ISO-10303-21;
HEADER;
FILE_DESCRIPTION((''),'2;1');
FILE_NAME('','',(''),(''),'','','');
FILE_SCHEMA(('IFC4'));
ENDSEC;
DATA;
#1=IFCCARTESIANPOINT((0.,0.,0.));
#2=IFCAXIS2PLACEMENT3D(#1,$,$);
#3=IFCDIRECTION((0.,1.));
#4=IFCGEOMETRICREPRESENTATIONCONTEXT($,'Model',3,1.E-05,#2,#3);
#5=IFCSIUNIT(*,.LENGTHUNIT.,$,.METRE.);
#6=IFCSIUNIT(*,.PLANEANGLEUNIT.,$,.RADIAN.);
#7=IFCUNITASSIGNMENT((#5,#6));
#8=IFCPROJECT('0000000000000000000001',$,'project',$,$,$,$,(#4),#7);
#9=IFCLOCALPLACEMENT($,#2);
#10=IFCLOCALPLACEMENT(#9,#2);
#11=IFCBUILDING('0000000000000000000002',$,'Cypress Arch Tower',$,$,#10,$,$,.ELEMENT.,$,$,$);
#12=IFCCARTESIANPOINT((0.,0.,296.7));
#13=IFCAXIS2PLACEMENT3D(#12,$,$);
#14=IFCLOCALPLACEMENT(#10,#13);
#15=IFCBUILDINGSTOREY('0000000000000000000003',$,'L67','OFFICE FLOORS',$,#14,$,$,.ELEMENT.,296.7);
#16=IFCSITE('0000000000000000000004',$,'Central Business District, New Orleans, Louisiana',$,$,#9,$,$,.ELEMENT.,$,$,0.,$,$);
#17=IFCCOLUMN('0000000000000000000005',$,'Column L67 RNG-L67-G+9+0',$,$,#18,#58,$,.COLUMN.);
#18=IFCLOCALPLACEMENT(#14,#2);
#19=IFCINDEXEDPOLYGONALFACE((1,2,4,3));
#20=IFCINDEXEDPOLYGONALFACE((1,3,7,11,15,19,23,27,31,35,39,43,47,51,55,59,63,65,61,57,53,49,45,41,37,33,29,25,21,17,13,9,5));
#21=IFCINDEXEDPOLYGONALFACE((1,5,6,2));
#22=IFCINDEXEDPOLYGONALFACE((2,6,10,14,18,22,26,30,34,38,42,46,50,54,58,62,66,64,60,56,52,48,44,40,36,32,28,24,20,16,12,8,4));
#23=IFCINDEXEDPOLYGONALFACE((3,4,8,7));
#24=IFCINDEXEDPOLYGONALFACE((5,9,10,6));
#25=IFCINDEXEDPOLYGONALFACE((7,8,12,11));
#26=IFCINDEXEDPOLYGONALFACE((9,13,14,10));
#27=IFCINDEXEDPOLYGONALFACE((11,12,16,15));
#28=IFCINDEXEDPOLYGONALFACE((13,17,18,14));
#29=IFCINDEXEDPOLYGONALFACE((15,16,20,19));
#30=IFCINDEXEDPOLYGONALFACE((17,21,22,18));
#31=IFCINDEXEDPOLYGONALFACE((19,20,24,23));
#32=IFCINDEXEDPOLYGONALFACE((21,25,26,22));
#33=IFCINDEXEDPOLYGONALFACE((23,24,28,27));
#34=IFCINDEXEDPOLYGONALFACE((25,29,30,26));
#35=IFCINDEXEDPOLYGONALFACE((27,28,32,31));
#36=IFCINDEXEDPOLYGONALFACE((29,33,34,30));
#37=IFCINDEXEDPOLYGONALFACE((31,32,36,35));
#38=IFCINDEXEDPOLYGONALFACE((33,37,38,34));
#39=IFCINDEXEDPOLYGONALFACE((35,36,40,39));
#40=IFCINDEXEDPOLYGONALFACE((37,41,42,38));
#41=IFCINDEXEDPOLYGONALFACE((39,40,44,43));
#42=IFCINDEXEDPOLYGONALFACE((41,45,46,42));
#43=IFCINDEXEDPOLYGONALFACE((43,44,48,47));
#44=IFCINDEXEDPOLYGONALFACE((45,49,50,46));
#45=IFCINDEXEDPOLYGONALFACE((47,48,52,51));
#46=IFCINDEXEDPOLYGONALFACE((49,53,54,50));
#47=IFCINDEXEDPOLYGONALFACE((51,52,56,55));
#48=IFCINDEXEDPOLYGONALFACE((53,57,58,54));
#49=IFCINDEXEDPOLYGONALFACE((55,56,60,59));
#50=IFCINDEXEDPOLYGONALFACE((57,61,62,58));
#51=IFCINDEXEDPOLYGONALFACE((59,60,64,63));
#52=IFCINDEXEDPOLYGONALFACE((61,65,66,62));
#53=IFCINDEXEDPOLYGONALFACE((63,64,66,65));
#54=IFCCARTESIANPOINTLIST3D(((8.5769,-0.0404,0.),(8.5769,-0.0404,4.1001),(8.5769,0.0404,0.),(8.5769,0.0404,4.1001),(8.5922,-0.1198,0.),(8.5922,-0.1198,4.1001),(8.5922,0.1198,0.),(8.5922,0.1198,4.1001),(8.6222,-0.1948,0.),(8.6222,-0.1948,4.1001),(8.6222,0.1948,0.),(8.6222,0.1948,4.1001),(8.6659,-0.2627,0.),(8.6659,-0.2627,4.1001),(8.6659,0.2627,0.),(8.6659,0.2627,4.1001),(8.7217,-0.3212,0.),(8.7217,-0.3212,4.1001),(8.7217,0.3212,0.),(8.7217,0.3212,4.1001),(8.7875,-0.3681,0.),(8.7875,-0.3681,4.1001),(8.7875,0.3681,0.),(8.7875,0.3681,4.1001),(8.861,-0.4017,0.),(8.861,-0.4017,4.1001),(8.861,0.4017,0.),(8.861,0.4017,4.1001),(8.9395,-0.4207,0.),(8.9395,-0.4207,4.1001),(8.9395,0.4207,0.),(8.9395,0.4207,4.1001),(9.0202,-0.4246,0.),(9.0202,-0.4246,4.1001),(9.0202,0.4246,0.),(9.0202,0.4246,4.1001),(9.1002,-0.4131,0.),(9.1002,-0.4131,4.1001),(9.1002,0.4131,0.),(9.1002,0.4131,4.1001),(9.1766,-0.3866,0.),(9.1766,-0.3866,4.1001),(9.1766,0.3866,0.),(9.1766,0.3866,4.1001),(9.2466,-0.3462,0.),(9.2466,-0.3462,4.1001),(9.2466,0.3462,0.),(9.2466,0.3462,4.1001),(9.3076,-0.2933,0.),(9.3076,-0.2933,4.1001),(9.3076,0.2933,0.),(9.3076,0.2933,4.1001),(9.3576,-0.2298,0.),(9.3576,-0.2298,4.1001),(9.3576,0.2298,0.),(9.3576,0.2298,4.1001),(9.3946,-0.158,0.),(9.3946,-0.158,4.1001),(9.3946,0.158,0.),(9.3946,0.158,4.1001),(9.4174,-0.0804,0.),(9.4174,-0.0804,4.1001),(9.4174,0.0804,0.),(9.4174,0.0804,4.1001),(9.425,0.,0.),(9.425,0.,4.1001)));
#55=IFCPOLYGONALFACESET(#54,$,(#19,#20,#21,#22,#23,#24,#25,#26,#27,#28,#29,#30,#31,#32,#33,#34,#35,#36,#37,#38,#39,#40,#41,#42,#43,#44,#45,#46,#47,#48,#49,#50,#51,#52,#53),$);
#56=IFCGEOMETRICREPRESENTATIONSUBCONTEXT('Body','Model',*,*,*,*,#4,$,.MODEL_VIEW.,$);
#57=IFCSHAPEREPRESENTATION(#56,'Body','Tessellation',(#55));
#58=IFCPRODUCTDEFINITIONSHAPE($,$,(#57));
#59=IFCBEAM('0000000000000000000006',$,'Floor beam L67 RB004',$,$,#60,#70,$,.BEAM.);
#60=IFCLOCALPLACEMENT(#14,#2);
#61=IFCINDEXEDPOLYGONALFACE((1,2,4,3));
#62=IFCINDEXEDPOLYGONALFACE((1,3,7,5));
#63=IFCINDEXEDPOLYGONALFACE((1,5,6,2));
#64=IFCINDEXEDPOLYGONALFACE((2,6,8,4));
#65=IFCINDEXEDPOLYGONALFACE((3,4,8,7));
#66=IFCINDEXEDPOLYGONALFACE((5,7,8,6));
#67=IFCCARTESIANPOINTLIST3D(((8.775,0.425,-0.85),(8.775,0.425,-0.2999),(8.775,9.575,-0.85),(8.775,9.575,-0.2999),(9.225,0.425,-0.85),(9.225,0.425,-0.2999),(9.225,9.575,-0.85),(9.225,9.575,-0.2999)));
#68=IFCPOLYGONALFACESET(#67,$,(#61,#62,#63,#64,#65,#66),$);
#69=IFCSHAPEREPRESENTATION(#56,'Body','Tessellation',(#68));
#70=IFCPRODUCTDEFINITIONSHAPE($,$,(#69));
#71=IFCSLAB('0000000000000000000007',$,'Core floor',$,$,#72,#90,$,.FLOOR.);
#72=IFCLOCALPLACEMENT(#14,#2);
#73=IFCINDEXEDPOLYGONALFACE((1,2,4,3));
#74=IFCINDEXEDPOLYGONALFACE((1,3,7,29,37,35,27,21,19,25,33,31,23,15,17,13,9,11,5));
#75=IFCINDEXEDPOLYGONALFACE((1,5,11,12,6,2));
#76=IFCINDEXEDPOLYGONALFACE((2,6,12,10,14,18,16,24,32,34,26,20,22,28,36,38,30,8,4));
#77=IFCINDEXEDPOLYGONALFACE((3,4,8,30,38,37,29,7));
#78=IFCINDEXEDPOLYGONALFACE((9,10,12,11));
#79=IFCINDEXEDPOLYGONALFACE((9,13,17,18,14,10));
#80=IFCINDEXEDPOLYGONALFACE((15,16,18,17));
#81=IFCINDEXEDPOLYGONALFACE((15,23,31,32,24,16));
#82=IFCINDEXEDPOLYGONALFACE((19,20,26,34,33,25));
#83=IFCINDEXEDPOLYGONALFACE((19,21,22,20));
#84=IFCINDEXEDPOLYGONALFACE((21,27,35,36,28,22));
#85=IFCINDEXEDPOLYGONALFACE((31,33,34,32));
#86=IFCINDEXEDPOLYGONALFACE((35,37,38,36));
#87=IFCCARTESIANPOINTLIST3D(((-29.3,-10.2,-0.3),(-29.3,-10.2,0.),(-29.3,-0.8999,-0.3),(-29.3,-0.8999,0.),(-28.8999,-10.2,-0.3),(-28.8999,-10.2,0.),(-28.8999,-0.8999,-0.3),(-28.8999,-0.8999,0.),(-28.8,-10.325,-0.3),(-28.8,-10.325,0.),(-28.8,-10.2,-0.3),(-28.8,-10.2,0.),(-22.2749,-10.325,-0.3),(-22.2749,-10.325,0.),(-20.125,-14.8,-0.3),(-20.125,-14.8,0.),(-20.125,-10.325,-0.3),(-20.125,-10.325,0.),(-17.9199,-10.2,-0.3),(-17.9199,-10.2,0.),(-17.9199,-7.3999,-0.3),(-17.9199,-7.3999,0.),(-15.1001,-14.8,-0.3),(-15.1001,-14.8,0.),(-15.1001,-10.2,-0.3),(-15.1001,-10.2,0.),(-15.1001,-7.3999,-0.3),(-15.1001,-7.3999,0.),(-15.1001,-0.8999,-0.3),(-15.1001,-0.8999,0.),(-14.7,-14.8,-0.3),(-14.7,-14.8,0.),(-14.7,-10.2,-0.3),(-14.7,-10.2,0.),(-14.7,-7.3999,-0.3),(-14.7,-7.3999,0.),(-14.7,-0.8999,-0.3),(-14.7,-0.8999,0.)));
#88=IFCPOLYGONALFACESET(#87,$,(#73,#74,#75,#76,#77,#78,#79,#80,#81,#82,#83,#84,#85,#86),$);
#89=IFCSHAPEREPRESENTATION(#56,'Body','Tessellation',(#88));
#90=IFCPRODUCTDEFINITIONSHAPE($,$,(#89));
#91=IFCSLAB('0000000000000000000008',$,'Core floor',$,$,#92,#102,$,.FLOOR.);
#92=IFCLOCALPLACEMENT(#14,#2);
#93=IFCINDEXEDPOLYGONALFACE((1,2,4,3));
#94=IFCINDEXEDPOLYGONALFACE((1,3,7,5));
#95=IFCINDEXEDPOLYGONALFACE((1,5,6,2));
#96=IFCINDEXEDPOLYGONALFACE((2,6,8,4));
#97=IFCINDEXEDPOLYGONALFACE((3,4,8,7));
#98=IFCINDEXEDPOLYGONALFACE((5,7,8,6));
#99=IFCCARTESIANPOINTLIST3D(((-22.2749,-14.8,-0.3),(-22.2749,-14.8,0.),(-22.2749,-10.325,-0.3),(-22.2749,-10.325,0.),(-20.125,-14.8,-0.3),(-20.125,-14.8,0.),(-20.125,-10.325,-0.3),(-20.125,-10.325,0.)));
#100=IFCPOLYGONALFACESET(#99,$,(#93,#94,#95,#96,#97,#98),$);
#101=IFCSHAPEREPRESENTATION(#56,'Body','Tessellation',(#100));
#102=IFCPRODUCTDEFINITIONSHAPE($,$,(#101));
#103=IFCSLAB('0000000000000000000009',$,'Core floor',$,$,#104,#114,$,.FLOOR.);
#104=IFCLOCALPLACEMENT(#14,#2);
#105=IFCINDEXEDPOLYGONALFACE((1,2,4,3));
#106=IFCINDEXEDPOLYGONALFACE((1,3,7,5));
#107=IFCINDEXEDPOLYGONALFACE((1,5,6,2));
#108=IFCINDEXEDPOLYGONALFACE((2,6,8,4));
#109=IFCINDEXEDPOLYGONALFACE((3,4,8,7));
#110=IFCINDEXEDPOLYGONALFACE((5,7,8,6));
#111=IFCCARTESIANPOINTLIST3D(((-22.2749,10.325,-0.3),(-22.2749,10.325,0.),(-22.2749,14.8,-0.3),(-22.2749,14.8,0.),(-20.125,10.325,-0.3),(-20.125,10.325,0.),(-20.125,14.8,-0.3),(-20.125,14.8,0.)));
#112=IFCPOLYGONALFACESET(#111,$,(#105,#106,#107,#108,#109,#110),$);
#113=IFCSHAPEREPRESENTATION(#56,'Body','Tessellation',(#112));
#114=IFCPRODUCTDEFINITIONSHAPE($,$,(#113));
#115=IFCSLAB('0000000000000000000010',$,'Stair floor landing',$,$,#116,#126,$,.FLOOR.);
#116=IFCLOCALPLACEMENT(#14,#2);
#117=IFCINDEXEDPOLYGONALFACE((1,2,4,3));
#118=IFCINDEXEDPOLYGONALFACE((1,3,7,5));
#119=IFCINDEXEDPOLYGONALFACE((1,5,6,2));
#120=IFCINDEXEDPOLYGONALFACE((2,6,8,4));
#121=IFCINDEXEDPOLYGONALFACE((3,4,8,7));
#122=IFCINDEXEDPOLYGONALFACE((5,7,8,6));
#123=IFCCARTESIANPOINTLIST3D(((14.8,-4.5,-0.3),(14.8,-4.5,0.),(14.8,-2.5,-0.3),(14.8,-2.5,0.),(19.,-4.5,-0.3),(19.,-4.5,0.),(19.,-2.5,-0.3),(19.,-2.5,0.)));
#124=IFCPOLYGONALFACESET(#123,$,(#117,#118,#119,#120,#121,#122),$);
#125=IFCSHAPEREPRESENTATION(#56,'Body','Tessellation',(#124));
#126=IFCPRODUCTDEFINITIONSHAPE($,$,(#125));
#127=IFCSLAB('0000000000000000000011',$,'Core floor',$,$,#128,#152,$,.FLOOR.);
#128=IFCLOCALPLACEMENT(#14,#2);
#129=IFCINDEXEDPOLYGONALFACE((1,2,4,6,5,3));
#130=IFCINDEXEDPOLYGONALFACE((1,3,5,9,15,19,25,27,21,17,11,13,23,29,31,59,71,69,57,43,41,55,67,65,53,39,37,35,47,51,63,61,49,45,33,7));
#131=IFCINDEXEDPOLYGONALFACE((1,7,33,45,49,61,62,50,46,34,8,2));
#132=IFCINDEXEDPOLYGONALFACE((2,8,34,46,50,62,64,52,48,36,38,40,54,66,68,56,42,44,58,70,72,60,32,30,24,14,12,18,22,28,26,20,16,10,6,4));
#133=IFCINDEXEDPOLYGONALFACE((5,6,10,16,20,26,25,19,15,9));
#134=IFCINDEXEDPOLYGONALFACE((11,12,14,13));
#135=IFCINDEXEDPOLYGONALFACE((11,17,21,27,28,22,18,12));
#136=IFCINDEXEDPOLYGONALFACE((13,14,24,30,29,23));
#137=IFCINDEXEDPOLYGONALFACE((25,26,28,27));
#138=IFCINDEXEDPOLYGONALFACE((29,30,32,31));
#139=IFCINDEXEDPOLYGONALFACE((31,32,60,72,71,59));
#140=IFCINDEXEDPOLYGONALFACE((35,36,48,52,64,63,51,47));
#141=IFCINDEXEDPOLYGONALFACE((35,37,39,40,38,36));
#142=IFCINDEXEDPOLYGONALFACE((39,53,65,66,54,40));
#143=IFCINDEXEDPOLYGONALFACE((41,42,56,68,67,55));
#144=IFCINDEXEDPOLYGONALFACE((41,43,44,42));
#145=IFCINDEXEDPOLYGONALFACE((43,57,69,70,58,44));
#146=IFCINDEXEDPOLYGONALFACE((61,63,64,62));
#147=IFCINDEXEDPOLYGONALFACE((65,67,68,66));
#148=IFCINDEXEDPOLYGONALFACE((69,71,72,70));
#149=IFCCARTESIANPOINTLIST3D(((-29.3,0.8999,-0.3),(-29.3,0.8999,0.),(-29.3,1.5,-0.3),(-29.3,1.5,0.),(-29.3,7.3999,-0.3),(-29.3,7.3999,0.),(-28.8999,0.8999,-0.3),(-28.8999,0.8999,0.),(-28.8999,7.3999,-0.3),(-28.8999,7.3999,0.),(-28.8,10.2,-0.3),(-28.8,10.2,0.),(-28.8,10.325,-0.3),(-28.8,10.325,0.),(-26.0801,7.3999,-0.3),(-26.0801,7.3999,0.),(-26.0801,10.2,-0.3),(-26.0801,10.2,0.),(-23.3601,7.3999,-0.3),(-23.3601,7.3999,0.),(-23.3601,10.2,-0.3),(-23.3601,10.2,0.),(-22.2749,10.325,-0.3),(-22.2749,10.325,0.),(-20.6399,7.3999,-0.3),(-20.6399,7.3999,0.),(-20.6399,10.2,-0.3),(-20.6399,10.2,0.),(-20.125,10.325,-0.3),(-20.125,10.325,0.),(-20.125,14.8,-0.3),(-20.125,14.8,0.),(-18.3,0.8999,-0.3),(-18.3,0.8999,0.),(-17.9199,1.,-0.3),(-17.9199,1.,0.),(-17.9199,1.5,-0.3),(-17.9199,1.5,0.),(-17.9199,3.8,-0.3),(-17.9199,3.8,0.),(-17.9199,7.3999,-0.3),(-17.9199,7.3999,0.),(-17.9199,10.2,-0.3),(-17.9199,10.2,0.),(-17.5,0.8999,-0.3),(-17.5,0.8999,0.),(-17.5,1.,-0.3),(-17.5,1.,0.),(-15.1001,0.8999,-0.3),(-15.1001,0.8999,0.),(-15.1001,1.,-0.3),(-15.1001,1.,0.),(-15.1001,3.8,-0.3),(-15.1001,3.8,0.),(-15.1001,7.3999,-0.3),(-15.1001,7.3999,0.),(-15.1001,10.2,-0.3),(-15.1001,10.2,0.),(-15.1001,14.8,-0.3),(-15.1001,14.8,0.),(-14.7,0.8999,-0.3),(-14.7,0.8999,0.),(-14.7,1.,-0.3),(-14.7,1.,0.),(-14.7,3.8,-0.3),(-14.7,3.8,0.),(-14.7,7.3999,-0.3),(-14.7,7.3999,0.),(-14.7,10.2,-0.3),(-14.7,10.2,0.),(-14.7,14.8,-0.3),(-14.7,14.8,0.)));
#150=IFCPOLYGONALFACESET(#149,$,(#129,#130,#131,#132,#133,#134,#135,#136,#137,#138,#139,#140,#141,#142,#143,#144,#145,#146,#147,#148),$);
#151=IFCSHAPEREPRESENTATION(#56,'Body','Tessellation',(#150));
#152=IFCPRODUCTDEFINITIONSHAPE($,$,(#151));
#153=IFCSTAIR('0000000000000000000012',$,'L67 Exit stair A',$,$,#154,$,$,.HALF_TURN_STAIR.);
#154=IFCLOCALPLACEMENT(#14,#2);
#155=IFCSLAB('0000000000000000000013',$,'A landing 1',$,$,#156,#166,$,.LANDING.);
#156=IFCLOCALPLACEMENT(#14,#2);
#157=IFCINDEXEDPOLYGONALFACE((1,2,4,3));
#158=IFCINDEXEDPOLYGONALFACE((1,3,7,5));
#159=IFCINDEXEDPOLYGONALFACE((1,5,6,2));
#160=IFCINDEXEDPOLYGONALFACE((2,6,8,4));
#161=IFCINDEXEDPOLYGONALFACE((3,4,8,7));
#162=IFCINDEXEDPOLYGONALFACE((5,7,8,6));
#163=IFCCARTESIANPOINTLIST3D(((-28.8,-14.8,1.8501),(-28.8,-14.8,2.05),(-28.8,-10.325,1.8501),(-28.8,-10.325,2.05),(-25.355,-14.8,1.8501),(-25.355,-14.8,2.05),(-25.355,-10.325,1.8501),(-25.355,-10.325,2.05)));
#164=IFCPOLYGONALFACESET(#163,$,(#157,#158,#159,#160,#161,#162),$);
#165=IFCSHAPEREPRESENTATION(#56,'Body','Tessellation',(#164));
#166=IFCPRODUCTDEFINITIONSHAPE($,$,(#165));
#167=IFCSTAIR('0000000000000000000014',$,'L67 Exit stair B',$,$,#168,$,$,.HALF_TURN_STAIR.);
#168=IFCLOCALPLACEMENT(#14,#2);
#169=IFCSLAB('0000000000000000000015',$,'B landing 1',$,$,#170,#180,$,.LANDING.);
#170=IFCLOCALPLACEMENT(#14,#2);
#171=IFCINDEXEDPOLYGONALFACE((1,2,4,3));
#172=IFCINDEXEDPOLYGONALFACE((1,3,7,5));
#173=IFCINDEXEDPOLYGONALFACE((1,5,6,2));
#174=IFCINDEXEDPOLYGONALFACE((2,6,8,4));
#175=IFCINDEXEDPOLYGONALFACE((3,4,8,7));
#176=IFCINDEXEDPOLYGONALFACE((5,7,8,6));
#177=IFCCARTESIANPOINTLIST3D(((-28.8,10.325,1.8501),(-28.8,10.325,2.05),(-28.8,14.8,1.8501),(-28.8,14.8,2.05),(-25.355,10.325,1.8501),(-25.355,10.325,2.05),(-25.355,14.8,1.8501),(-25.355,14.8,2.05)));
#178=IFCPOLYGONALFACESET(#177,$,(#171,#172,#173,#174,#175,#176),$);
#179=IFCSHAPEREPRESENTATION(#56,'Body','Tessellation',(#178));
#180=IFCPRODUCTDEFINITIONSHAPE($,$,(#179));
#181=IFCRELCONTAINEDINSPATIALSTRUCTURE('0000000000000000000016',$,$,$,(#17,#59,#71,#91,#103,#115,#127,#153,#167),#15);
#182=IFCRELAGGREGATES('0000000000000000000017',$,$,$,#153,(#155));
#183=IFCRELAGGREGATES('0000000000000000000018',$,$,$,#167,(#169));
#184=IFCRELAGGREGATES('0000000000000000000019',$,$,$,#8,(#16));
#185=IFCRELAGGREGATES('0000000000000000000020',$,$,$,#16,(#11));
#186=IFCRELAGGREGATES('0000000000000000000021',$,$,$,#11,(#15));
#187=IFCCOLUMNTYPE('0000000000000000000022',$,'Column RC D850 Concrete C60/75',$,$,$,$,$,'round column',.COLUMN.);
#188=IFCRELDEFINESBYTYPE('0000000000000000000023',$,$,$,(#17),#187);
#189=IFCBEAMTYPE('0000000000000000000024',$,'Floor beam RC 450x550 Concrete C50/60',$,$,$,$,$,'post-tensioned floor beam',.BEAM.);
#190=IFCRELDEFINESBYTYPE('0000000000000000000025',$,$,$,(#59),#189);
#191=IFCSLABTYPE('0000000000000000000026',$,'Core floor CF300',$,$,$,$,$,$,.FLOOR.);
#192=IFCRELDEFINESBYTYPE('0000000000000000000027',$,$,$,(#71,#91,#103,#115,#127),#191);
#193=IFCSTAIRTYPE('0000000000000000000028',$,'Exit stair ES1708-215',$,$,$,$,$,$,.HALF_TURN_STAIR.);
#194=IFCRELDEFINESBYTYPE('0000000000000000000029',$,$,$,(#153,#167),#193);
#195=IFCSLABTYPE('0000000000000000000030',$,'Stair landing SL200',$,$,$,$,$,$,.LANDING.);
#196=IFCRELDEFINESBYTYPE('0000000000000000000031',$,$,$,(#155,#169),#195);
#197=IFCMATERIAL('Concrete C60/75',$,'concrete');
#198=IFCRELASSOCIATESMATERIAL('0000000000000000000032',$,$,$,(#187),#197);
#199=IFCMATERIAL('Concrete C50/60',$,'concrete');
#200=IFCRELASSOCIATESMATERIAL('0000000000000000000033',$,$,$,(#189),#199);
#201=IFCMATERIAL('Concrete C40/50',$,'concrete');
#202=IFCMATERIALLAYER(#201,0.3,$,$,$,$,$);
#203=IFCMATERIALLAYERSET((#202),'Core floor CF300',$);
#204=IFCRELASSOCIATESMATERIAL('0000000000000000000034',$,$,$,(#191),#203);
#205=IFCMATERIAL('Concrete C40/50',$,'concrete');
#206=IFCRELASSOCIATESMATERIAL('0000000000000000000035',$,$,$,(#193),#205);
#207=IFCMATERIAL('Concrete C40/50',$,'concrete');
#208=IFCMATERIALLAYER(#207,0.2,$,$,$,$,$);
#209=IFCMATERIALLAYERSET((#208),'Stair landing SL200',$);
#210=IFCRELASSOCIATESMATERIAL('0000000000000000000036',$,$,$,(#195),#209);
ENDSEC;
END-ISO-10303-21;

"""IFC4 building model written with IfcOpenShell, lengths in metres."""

from ifc_helpers import new_model, si_unit, direction, frame, origin, origin_2d, place, context, subcontext, project, spatial, polyline, rectangle, circle, outline, extrude, material, layer, layer_set, material_profile, profile_set, type_object, element, aggregate, save


model = new_model("IFC4")

# Units and contexts
model_context = context("Model", 3, precision=1e-05, world=origin(), true_north=direction((0.0, 1.0)))
body_context = subcontext(model_context, "Body", "Model", "MODEL_VIEW")
ifc_project = project(units=[si_unit("LENGTHUNIT", "METRE"), si_unit("PLANEANGLEUNIT", "RADIAN")], contexts=[model_context])

# Site, building, storey
site_placement = place(None, origin())
site = spatial("IfcSite", under=ifc_project, at=site_placement, Name="Central Business District, New Orleans, Louisiana", CompositionType="ELEMENT", RefElevation=0.0)
building_placement = place(site_placement, origin())
building = spatial("IfcBuilding", under=site, at=building_placement, Name="Cypress Arch Tower", CompositionType="ELEMENT")
storey_placement = place(building_placement, frame((0.0, 0.0, 296.7)))
storey = spatial("IfcBuildingStorey", under=building, at=storey_placement, Name="L67", Description="OFFICE FLOORS", CompositionType="ELEMENT", Elevation=296.7)

# Column
ifc_material_1 = material(Name="Concrete C60/75", Category="concrete")
ifc_material_profile_1 = material_profile(ifc_material_1, circle(Radius=0.425, at=origin_2d()), Name="RC D850")
ifc_profile_set_1 = profile_set([ifc_material_profile_1], Name="Concrete C60/75")
column_type = type_object("IfcColumnType", Name="Column RC D850 Concrete C60/75", ElementType="round column", PredefinedType="COLUMN", material=ifc_profile_set_1)
column_placement = place(storey_placement, frame((9.0, 0.0, 0.0), z_axis=(0.0, 0.0, 1.0), x_axis=(1.0, 0.0, 0.0)))
element("IfcColumn", 1, at=column_placement, inside=storey, type_object=column_type, Name="Column L67 RNG-L67-G+9+0", PredefinedType="COLUMN", context=body_context, shape_type="SweptSolid", body=[
    extrude(circle(Radius=0.425, at=origin_2d()), origin(), (0.0, 0.0, 1.0), 4.1001),
])

# Beam
ifc_material_2 = material(Name="Concrete C50/60", Category="concrete")
ifc_material_profile_2 = material_profile(ifc_material_2, rectangle(XDim=0.45, YDim=0.55, at=origin_2d()), Name="RC 450x550")
ifc_profile_set_2 = profile_set([ifc_material_profile_2], Name="Concrete C50/60")
beam_type = type_object("IfcBeamType", Name="Floor beam RC 450x550 Concrete C50/60", ElementType="post-tensioned floor beam", PredefinedType="BEAM", material=ifc_profile_set_2)
beam_placement = place(storey_placement, frame((9.0, 0.425, -0.575), z_axis=(0.0, 1.0, 0.0), x_axis=(-1.0, 0.0, 0.0)))
element("IfcBeam", 2, at=beam_placement, inside=storey, type_object=beam_type, Name="Floor beam L67 RB004", PredefinedType="BEAM", context=body_context, shape_type="SweptSolid", body=[
    extrude(rectangle(XDim=0.45, YDim=0.55, at=origin_2d()), origin(), (0.0, 0.0, 1.0), 9.1499),
])

# Slabs
ifc_material_3 = material(Name="Concrete C40/50", Category="concrete")
ifc_layer_1 = layer(ifc_material_3, 0.3)
ifc_layer_set_1 = layer_set([ifc_layer_1], Name="Core floor CF300")
slab_type_1 = type_object("IfcSlabType", Name="Core floor CF300", PredefinedType="FLOOR", material=ifc_layer_set_1)
slab_1_placement = place(storey_placement, frame((0.0, 0.0, -0.3)))
element("IfcSlab", 3, at=slab_1_placement, inside=storey, type_object=slab_type_1, Name="Core floor", PredefinedType="FLOOR", context=body_context, shape_type="SweptSolid", body=[
    extrude(outline(polyline([(-28.8999, -10.2), (-29.3, -10.2), (-29.3, -0.8999), (-28.8999, -0.8999), (-15.1001, -0.8999), (-14.7, -0.8999), (-14.7, -7.3999), (-15.1001, -7.3999), (-17.9199, -7.3999), (-17.9199, -10.2), (-15.1001, -10.2), (-14.7, -10.2), (-14.7, -14.8), (-15.1001, -14.8), (-20.125, -14.8), (-20.125, -10.325), (-22.2749, -10.325), (-28.8, -10.325), (-28.8, -10.2), (-28.8999, -10.2)])), origin(), (0.0, 0.0, 1.0), 0.3),
])
slab_2_placement = place(storey_placement, frame((0.0, 0.0, -0.3)))
element("IfcSlab", 4, at=slab_2_placement, inside=storey, type_object=slab_type_1, Name="Core floor", PredefinedType="FLOOR", context=body_context, shape_type="SweptSolid", body=[
    extrude(outline(polyline([(-22.2749, -10.325), (-22.2749, -14.8), (-20.125, -14.8), (-20.125, -10.325), (-22.2749, -10.325)])), origin(), (0.0, 0.0, 1.0), 0.3),
])
slab_3_placement = place(storey_placement, frame((0.0, 0.0, -0.3)))
element("IfcSlab", 5, at=slab_3_placement, inside=storey, type_object=slab_type_1, Name="Core floor", PredefinedType="FLOOR", context=body_context, shape_type="SweptSolid", body=[
    extrude(outline(polyline([(-20.125, 14.8), (-22.2749, 14.8), (-22.2749, 10.325), (-20.125, 10.325), (-20.125, 14.8)])), origin(), (0.0, 0.0, 1.0), 0.3),
])
slab_4_placement = place(storey_placement, frame((0.0, 0.0, -0.3)))
element("IfcSlab", 6, at=slab_4_placement, inside=storey, type_object=slab_type_1, Name="Stair floor landing", PredefinedType="FLOOR", context=body_context, shape_type="SweptSolid", body=[
    extrude(outline(polyline([(19.0, -4.5), (19.0, -2.5), (14.8, -2.5), (14.8, -4.5), (19.0, -4.5)])), origin(), (0.0, 0.0, 1.0), 0.3),
])
slab_5_placement = place(storey_placement, frame((0.0, 0.0, -0.3)))
element("IfcSlab", 7, at=slab_5_placement, inside=storey, type_object=slab_type_1, Name="Core floor", PredefinedType="FLOOR", context=body_context, shape_type="SweptSolid", body=[
    extrude(outline(polyline([(-20.6399, 10.2), (-23.3601, 10.2), (-26.0801, 10.2), (-28.8, 10.2), (-28.8, 10.325), (-22.2749, 10.325), (-20.125, 10.325), (-20.125, 14.8), (-15.1001, 14.8), (-14.7, 14.8), (-14.7, 10.2), (-15.1001, 10.2), (-17.9199, 10.2), (-17.9199, 7.3999), (-15.1001, 7.3999), (-14.7, 7.3999), (-14.7, 3.8), (-15.1001, 3.8), (-17.9199, 3.8), (-17.9199, 1.5), (-17.9199, 1.0), (-17.5, 1.0), (-15.1001, 1.0), (-14.7, 1.0), (-14.7, 0.8999), (-15.1001, 0.8999), (-17.5, 0.8999), (-18.3, 0.8999), (-28.8999, 0.8999), (-29.3, 0.8999), (-29.3, 1.5), (-29.3, 7.3999), (-28.8999, 7.3999), (-26.0801, 7.3999), (-23.3601, 7.3999), (-20.6399, 7.3999), (-20.6399, 10.2)])), origin(), (0.0, 0.0, 1.0), 0.3),
])

# Stairs, slabs
ifc_material_4 = material(Name="Concrete C40/50", Category="concrete")
stair_type_1 = type_object("IfcStairType", Name="Exit stair ES1708-215", PredefinedType="HALF_TURN_STAIR", material=ifc_material_4)
stair_1_placement = place(storey_placement, origin())
stair_1 = element("IfcStair", 8, at=stair_1_placement, inside=storey, type_object=stair_type_1, Name="L67 Exit stair A", PredefinedType="HALF_TURN_STAIR")
ifc_material_5 = material(Name="Concrete C40/50", Category="concrete")
ifc_layer_2 = layer(ifc_material_5, 0.2)
ifc_layer_set_2 = layer_set([ifc_layer_2], Name="Stair landing SL200")
slab_type_2 = type_object("IfcSlabType", Name="Stair landing SL200", PredefinedType="LANDING", material=ifc_layer_set_2)
slab_6_placement = place(storey_placement, frame((0.0, 0.0, 1.8501)))
slab_6 = element("IfcSlab", 9, at=slab_6_placement, type_object=slab_type_2, Name="A landing 1", PredefinedType="LANDING", context=body_context, shape_type="SweptSolid", body=[
    extrude(outline(polyline([(-25.355, -10.325), (-28.8, -10.325), (-28.8, -14.8), (-25.355, -14.8), (-25.355, -10.325)])), origin(), (0.0, 0.0, 1.0), 0.2),
])
aggregate(stair_1, [slab_6])
stair_2_placement = place(storey_placement, origin())
stair_2 = element("IfcStair", 10, at=stair_2_placement, inside=storey, type_object=stair_type_1, Name="L67 Exit stair B", PredefinedType="HALF_TURN_STAIR")
slab_7_placement = place(storey_placement, frame((0.0, 0.0, 1.8501)))
slab_7 = element("IfcSlab", 11, at=slab_7_placement, type_object=slab_type_2, Name="B landing 1", PredefinedType="LANDING", context=body_context, shape_type="SweptSolid", body=[
    extrude(outline(polyline([(-25.355, 14.8), (-28.8, 14.8), (-28.8, 10.325), (-25.355, 10.325), (-25.355, 14.8)])), origin(), (0.0, 0.0, 1.0), 0.2),
])
aggregate(stair_2, [slab_7])

save(model, "model.ifc")
